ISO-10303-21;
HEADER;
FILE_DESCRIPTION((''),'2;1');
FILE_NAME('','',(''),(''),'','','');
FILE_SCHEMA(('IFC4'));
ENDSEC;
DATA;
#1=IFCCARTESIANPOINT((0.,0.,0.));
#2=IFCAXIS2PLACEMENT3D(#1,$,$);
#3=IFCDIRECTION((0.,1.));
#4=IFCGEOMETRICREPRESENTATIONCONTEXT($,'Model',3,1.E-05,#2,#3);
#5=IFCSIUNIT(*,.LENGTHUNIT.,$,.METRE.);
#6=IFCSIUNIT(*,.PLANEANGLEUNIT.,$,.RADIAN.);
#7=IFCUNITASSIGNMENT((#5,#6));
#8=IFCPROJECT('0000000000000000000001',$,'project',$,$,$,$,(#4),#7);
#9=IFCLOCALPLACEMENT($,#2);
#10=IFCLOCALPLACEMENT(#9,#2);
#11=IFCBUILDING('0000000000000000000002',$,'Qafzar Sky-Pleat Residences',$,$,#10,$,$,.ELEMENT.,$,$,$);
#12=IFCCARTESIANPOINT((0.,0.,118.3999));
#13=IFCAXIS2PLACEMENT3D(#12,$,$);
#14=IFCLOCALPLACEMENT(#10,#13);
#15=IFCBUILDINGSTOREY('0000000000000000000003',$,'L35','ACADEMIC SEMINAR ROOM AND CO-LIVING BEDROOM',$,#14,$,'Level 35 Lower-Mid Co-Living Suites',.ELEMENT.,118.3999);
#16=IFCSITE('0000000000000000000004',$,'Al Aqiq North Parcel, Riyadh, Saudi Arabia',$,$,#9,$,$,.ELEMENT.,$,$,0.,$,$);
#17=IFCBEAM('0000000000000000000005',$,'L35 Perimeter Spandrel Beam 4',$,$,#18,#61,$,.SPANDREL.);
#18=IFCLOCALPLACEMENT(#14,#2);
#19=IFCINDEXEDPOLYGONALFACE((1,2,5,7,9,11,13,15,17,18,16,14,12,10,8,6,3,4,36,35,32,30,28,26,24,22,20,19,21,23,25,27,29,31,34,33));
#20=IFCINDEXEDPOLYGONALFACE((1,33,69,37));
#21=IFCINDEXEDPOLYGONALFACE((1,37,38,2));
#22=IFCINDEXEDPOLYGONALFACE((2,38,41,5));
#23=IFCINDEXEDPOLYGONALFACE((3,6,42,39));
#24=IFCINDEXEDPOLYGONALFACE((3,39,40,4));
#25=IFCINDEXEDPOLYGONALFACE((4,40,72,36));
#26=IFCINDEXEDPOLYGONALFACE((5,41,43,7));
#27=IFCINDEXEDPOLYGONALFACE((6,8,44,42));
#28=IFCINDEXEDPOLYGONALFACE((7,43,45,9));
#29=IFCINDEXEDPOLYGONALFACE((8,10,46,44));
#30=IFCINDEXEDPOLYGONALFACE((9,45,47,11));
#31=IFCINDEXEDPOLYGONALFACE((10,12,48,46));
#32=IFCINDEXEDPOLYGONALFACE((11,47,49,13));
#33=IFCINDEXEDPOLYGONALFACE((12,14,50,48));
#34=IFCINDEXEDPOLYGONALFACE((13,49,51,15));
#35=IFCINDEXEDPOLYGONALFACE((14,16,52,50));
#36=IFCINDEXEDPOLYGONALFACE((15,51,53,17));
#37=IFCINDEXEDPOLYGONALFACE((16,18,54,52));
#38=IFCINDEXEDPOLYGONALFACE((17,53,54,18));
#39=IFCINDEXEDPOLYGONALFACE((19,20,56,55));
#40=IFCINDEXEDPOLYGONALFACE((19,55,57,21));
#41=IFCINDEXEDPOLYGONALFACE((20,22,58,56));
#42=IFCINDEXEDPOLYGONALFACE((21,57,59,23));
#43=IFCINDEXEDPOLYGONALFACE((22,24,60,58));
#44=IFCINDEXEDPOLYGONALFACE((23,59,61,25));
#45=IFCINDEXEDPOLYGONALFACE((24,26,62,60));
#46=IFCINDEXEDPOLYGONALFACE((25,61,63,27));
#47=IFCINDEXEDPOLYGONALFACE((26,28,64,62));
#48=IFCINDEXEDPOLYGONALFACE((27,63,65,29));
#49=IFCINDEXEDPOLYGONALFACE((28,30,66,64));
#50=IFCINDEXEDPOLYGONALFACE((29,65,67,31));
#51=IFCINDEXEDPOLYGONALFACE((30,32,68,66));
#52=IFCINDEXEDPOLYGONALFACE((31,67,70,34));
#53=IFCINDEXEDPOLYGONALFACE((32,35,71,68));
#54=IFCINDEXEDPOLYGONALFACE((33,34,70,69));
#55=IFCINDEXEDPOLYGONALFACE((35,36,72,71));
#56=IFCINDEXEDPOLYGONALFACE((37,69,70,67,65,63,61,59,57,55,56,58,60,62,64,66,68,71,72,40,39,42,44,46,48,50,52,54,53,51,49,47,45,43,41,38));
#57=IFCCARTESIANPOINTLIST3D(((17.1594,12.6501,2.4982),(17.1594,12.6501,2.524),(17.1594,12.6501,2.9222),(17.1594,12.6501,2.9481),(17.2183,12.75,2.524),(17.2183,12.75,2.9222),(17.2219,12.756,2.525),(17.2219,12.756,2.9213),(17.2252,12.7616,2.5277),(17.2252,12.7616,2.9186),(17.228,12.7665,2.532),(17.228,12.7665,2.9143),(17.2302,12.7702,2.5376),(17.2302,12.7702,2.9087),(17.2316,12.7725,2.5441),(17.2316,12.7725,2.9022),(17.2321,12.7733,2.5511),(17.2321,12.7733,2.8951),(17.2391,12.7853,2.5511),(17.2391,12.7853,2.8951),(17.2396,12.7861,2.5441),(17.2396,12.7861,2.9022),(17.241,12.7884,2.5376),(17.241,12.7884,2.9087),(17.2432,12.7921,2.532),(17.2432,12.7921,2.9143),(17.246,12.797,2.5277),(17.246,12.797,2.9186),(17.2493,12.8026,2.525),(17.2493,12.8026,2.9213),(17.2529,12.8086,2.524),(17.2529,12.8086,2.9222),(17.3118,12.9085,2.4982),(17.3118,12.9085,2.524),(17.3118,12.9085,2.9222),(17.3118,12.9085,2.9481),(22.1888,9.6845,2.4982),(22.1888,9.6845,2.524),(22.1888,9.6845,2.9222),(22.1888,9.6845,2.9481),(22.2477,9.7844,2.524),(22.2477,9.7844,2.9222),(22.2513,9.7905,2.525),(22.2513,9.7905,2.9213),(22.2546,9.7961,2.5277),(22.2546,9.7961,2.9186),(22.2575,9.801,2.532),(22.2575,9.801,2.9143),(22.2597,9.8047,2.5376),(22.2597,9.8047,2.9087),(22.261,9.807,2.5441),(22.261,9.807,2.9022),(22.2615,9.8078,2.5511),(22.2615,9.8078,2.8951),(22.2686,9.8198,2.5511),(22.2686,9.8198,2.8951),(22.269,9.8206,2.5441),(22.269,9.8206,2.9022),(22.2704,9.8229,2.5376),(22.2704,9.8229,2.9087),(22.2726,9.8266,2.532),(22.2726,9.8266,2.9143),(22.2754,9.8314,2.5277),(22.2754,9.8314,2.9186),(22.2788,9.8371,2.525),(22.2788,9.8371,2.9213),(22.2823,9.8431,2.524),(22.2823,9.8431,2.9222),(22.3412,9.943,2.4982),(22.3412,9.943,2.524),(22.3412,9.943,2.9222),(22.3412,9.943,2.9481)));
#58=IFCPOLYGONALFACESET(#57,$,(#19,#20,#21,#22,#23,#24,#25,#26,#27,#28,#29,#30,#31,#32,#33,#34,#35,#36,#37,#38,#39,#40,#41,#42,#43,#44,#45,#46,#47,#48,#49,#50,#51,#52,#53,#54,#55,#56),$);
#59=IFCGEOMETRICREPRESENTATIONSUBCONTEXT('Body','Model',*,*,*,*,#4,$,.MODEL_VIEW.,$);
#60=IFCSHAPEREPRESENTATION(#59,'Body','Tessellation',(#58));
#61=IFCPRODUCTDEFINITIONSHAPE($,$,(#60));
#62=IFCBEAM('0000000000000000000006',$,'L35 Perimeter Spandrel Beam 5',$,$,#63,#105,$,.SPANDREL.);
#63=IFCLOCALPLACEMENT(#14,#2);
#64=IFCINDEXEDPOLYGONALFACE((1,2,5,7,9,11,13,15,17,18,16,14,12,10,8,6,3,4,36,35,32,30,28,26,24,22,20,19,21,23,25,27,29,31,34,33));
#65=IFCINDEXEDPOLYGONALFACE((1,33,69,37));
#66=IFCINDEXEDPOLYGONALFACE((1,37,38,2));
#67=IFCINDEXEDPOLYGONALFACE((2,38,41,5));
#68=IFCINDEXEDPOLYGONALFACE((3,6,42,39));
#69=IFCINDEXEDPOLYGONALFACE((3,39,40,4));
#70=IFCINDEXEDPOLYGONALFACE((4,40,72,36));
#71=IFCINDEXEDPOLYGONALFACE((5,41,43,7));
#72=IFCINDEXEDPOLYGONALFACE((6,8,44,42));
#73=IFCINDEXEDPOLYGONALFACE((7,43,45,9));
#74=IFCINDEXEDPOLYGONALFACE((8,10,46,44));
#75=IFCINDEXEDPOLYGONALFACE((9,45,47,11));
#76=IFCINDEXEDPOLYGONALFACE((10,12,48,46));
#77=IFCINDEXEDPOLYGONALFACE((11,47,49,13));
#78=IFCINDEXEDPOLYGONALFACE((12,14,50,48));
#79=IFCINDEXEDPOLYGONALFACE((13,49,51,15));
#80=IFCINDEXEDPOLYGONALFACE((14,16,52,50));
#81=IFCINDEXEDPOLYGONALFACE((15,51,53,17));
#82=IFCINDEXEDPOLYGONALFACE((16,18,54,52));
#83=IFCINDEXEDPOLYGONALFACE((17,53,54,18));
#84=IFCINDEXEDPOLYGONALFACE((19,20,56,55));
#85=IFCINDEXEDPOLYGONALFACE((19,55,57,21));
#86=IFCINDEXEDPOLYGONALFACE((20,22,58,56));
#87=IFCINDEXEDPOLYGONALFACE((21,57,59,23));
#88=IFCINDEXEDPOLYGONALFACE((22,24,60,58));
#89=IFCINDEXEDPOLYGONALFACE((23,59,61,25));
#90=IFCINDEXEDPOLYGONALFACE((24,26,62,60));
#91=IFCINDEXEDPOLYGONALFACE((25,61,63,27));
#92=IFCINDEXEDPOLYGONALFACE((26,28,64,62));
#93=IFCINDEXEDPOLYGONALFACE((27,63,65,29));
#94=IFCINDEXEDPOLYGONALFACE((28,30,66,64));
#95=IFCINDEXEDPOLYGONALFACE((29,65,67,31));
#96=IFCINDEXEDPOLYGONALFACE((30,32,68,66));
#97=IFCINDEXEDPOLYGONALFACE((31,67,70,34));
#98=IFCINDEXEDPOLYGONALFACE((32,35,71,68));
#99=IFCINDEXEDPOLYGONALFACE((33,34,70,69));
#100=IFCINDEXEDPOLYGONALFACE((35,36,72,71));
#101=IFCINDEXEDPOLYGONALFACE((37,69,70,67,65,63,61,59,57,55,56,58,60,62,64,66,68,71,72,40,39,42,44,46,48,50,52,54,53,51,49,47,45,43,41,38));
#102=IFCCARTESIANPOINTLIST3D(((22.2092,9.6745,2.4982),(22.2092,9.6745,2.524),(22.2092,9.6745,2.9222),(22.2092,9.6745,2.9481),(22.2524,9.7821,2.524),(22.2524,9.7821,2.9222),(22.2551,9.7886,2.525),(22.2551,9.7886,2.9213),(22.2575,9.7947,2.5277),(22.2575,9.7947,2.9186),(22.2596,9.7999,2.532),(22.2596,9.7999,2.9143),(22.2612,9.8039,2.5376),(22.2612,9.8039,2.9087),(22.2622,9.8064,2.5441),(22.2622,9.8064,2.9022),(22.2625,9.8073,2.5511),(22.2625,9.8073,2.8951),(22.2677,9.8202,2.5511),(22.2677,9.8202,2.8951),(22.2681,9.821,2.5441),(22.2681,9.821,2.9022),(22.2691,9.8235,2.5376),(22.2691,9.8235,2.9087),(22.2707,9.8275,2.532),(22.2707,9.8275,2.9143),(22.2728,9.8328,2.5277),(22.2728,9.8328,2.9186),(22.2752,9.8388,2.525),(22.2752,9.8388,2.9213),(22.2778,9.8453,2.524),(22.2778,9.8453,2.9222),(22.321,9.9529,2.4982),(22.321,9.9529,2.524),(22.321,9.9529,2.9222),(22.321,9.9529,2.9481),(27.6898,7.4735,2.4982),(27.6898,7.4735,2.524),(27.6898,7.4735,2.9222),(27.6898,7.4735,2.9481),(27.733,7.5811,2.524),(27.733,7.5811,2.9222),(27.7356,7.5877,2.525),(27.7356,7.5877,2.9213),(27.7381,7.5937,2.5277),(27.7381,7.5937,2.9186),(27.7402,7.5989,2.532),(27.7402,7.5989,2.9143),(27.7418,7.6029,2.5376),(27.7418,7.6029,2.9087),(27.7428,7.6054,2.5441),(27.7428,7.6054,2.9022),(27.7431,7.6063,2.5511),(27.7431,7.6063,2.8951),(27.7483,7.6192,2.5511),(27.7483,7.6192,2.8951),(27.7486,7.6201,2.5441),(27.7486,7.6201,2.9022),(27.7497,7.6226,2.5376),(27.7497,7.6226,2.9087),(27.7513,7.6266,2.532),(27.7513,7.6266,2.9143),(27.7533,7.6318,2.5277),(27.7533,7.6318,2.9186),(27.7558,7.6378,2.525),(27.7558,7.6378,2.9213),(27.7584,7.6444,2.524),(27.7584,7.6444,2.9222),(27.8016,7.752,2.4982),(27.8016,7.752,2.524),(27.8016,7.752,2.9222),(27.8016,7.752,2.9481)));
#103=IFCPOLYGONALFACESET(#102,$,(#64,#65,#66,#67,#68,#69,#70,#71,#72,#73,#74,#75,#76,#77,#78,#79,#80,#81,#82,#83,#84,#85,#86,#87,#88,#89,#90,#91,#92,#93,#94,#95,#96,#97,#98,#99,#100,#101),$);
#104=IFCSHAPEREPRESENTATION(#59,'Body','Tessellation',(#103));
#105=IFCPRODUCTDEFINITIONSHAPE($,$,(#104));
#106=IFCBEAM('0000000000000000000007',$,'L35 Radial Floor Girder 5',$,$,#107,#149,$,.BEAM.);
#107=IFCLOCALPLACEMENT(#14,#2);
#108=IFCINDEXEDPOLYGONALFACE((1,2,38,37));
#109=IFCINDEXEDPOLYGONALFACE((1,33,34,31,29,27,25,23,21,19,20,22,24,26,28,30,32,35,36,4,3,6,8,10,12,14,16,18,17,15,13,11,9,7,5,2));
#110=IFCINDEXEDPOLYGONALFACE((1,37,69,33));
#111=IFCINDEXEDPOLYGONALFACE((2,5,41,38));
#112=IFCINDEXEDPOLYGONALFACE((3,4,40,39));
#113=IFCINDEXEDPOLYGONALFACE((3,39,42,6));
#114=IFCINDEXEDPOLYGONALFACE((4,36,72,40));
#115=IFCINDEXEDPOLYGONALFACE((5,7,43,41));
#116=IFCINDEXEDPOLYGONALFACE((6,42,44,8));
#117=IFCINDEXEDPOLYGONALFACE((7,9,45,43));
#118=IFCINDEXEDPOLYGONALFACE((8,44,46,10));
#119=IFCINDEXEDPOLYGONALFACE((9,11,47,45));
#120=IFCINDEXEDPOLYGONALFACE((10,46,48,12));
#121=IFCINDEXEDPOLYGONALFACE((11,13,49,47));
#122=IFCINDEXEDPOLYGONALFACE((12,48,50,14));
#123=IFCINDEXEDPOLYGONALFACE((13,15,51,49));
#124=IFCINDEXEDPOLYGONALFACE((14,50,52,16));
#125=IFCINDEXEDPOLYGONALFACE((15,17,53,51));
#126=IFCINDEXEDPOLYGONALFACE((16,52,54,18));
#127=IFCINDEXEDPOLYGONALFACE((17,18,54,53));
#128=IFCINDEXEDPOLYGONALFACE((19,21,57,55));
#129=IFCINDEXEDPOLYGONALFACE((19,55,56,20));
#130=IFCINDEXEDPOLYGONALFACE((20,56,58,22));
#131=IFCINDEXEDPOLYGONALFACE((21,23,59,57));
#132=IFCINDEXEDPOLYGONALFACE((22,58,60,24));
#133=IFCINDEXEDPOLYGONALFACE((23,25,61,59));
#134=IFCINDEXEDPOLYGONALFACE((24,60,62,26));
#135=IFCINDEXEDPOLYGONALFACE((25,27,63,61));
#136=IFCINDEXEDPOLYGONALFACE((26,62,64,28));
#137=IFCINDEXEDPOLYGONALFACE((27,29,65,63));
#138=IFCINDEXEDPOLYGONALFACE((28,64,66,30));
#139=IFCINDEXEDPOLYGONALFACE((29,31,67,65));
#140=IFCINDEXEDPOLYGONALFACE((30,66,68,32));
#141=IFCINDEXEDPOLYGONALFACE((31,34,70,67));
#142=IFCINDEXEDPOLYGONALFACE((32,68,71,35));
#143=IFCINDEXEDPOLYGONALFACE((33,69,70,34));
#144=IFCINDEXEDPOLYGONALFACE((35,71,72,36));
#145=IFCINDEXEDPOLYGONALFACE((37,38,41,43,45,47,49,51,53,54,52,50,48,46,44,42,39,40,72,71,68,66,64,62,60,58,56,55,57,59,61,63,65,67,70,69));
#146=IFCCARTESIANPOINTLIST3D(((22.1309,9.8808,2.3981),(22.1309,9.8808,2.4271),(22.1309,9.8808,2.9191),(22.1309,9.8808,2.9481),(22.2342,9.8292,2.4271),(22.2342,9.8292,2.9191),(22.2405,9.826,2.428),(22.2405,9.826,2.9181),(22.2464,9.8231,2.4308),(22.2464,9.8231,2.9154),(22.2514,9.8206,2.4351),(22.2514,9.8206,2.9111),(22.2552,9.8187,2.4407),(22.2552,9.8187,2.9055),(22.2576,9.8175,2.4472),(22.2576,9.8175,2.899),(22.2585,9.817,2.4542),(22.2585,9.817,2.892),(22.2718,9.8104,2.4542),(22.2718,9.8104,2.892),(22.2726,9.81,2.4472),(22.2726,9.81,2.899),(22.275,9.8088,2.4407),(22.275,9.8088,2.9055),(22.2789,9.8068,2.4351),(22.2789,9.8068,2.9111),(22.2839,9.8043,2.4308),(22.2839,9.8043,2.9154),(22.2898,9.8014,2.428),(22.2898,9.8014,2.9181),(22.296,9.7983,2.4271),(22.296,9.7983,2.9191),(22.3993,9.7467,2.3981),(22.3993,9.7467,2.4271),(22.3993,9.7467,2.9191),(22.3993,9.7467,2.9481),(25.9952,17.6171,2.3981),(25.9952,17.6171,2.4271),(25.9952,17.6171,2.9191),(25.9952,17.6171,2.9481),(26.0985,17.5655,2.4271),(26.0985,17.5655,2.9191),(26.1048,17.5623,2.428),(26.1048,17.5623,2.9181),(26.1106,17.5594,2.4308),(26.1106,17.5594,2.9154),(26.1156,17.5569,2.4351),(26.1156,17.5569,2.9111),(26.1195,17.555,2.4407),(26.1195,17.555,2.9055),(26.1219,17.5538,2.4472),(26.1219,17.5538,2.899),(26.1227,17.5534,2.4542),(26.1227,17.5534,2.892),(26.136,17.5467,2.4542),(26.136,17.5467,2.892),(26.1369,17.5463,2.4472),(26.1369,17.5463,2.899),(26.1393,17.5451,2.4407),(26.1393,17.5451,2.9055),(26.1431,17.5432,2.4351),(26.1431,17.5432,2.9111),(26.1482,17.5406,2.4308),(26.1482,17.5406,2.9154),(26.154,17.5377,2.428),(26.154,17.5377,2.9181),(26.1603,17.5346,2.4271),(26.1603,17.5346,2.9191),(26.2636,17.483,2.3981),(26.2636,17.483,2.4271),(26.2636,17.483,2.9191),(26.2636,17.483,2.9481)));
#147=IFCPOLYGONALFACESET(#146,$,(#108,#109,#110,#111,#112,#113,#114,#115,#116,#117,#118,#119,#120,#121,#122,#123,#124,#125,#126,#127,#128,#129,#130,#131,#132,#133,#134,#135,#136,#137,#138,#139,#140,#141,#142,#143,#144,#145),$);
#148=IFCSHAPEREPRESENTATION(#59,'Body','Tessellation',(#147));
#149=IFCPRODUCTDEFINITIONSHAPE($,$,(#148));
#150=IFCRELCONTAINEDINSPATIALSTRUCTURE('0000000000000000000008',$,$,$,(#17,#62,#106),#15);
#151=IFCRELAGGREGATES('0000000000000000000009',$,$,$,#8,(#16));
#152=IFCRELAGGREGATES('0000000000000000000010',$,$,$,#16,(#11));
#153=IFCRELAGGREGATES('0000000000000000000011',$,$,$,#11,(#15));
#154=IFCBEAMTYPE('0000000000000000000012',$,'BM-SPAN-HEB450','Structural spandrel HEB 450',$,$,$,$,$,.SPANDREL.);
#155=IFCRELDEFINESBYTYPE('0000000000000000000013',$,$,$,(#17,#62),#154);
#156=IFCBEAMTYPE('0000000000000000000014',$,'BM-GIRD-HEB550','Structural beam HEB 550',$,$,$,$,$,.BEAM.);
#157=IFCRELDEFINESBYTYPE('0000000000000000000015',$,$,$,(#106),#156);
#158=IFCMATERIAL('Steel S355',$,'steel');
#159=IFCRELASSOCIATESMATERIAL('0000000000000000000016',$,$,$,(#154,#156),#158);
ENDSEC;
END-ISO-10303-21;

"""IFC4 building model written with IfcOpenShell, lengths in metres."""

from ifc_helpers import new_model, si_unit, direction, frame, origin, origin_2d, place, context, subcontext, project, spatial, i_section, extrude, source, transform, mapped, material, material_profile, profile_set, type_object, element, save


model = new_model("IFC4")

# Units and contexts
model_context = context("Model", 3, precision=1e-05, world=origin(), true_north=direction((0.0, 1.0)))
body_context = subcontext(model_context, "Body", "Model", "MODEL_VIEW")
ifc_project = project(units=[si_unit("LENGTHUNIT", "METRE"), si_unit("PLANEANGLEUNIT", "RADIAN")], contexts=[model_context])

# Site, building, storey
site_placement = place(None, origin())
site = spatial("IfcSite", under=ifc_project, at=site_placement, Name="Al Aqiq North Parcel, Riyadh, Saudi Arabia", CompositionType="ELEMENT", RefElevation=0.0)
building_placement = place(site_placement, origin())
building = spatial("IfcBuilding", under=site, at=building_placement, Name="Qafzar Sky-Pleat Residences", CompositionType="ELEMENT")
storey_placement = place(building_placement, frame((0.0, 0.0, 118.3999)))
storey = spatial("IfcBuildingStorey", under=building, at=storey_placement, Name="L35", Description="ACADEMIC SEMINAR ROOM AND CO-LIVING BEDROOM", LongName="Level 35 Lower-Mid Co-Living Suites", CompositionType="ELEMENT", Elevation=118.3999)

# Beams
ifc_material_1 = material(Name="Steel S355", Category="steel")
ifc_material_profile_1 = material_profile(ifc_material_1, i_section(OverallWidth=0.3, OverallDepth=0.45, WebThickness=0.0139, FlangeThickness=0.0259, FilletRadius=0.0271, at=origin_2d()), Name="HEB 450")
ifc_profile_set_1 = profile_set([ifc_material_profile_1], Name="Steel S355")
beam_type_1 = type_object("IfcBeamType", Name="BM-SPAN-HEB450", Description="Structural spandrel HEB 450", PredefinedType="SPANDREL", material=ifc_profile_set_1)
shared_shape_1 = source(origin(), body_context, "Body", "SweptSolid", [
    extrude(i_section(OverallWidth=0.3, OverallDepth=0.45, WebThickness=0.0139, FlangeThickness=0.0259, FilletRadius=0.0271, at=origin_2d()), origin(), (0.0, 0.0, 1.0), 5.8386),
])
beam_1_placement = place(storey_placement, frame((17.2356, 12.7793, 2.7231), z_axis=(0.861408, -0.507913, 0.0), x_axis=(0.507913, 0.861408, 0.0)))
element("IfcBeam", 1, at=beam_1_placement, inside=storey, type_object=beam_type_1, Name="L35 Perimeter Spandrel Beam 4", PredefinedType="SPANDREL", context=body_context, shape_type="MappedRepresentation", body=[
    mapped(shared_shape_1, transform((0.0, 0.0, 0.0), x_axis=(1.0, 0.0, 0.0), y_axis=(0.0, 1.0, 0.0), z_axis=(0.0, 0.0, 1.0), scale=1.0)),
])
shared_shape_2 = source(origin(), body_context, "Body", "SweptSolid", [
    extrude(i_section(OverallWidth=0.3, OverallDepth=0.45, WebThickness=0.0139, FlangeThickness=0.0259, FilletRadius=0.0271, at=origin_2d()), origin(), (0.0, 0.0, 1.0), 5.906),
])
beam_2_placement = place(storey_placement, frame((22.2651, 9.8137, 2.7231), z_axis=(0.927965, -0.372666, 0.0), x_axis=(0.372666, 0.927965, 0.0)))
element("IfcBeam", 2, at=beam_2_placement, inside=storey, type_object=beam_type_1, Name="L35 Perimeter Spandrel Beam 5", PredefinedType="SPANDREL", context=body_context, shape_type="MappedRepresentation", body=[
    mapped(shared_shape_2, transform((0.0, 0.0, 0.0), x_axis=(1.0, 0.0, 0.0), y_axis=(0.0, 1.0, 0.0), z_axis=(0.0, 0.0, 1.0), scale=1.0)),
])
ifc_material_profile_2 = material_profile(ifc_material_1, i_section(OverallWidth=0.3, OverallDepth=0.55, WebThickness=0.0149, FlangeThickness=0.0291, FilletRadius=0.0271, at=origin_2d()), Name="HEB 550")
ifc_profile_set_2 = profile_set([ifc_material_profile_2], Name="Steel S355")
beam_type_2 = type_object("IfcBeamType", Name="BM-GIRD-HEB550", Description="Structural beam HEB 550", PredefinedType="BEAM", material=ifc_profile_set_2)
shared_shape_3 = source(origin(), body_context, "Body", "SweptSolid", [
    extrude(i_section(OverallWidth=0.3, OverallDepth=0.55, WebThickness=0.0149, FlangeThickness=0.0291, FilletRadius=0.0271, at=origin_2d()), origin(), (0.0, 0.0, 1.0), 8.6477),
])
beam_3_placement = place(storey_placement, frame((22.2651, 9.8137, 2.6731), z_axis=(0.446852, 0.894608, 0.0), x_axis=(-0.894608, 0.446852, 0.0)))
element("IfcBeam", 3, at=beam_3_placement, inside=storey, type_object=beam_type_2, Name="L35 Radial Floor Girder 5", PredefinedType="BEAM", context=body_context, shape_type="MappedRepresentation", body=[
    mapped(shared_shape_3, transform((0.0, 0.0, 0.0), x_axis=(1.0, 0.0, 0.0), y_axis=(0.0, 1.0, 0.0), z_axis=(0.0, 0.0, 1.0), scale=1.0)),
])

save(model, "model.ifc")
